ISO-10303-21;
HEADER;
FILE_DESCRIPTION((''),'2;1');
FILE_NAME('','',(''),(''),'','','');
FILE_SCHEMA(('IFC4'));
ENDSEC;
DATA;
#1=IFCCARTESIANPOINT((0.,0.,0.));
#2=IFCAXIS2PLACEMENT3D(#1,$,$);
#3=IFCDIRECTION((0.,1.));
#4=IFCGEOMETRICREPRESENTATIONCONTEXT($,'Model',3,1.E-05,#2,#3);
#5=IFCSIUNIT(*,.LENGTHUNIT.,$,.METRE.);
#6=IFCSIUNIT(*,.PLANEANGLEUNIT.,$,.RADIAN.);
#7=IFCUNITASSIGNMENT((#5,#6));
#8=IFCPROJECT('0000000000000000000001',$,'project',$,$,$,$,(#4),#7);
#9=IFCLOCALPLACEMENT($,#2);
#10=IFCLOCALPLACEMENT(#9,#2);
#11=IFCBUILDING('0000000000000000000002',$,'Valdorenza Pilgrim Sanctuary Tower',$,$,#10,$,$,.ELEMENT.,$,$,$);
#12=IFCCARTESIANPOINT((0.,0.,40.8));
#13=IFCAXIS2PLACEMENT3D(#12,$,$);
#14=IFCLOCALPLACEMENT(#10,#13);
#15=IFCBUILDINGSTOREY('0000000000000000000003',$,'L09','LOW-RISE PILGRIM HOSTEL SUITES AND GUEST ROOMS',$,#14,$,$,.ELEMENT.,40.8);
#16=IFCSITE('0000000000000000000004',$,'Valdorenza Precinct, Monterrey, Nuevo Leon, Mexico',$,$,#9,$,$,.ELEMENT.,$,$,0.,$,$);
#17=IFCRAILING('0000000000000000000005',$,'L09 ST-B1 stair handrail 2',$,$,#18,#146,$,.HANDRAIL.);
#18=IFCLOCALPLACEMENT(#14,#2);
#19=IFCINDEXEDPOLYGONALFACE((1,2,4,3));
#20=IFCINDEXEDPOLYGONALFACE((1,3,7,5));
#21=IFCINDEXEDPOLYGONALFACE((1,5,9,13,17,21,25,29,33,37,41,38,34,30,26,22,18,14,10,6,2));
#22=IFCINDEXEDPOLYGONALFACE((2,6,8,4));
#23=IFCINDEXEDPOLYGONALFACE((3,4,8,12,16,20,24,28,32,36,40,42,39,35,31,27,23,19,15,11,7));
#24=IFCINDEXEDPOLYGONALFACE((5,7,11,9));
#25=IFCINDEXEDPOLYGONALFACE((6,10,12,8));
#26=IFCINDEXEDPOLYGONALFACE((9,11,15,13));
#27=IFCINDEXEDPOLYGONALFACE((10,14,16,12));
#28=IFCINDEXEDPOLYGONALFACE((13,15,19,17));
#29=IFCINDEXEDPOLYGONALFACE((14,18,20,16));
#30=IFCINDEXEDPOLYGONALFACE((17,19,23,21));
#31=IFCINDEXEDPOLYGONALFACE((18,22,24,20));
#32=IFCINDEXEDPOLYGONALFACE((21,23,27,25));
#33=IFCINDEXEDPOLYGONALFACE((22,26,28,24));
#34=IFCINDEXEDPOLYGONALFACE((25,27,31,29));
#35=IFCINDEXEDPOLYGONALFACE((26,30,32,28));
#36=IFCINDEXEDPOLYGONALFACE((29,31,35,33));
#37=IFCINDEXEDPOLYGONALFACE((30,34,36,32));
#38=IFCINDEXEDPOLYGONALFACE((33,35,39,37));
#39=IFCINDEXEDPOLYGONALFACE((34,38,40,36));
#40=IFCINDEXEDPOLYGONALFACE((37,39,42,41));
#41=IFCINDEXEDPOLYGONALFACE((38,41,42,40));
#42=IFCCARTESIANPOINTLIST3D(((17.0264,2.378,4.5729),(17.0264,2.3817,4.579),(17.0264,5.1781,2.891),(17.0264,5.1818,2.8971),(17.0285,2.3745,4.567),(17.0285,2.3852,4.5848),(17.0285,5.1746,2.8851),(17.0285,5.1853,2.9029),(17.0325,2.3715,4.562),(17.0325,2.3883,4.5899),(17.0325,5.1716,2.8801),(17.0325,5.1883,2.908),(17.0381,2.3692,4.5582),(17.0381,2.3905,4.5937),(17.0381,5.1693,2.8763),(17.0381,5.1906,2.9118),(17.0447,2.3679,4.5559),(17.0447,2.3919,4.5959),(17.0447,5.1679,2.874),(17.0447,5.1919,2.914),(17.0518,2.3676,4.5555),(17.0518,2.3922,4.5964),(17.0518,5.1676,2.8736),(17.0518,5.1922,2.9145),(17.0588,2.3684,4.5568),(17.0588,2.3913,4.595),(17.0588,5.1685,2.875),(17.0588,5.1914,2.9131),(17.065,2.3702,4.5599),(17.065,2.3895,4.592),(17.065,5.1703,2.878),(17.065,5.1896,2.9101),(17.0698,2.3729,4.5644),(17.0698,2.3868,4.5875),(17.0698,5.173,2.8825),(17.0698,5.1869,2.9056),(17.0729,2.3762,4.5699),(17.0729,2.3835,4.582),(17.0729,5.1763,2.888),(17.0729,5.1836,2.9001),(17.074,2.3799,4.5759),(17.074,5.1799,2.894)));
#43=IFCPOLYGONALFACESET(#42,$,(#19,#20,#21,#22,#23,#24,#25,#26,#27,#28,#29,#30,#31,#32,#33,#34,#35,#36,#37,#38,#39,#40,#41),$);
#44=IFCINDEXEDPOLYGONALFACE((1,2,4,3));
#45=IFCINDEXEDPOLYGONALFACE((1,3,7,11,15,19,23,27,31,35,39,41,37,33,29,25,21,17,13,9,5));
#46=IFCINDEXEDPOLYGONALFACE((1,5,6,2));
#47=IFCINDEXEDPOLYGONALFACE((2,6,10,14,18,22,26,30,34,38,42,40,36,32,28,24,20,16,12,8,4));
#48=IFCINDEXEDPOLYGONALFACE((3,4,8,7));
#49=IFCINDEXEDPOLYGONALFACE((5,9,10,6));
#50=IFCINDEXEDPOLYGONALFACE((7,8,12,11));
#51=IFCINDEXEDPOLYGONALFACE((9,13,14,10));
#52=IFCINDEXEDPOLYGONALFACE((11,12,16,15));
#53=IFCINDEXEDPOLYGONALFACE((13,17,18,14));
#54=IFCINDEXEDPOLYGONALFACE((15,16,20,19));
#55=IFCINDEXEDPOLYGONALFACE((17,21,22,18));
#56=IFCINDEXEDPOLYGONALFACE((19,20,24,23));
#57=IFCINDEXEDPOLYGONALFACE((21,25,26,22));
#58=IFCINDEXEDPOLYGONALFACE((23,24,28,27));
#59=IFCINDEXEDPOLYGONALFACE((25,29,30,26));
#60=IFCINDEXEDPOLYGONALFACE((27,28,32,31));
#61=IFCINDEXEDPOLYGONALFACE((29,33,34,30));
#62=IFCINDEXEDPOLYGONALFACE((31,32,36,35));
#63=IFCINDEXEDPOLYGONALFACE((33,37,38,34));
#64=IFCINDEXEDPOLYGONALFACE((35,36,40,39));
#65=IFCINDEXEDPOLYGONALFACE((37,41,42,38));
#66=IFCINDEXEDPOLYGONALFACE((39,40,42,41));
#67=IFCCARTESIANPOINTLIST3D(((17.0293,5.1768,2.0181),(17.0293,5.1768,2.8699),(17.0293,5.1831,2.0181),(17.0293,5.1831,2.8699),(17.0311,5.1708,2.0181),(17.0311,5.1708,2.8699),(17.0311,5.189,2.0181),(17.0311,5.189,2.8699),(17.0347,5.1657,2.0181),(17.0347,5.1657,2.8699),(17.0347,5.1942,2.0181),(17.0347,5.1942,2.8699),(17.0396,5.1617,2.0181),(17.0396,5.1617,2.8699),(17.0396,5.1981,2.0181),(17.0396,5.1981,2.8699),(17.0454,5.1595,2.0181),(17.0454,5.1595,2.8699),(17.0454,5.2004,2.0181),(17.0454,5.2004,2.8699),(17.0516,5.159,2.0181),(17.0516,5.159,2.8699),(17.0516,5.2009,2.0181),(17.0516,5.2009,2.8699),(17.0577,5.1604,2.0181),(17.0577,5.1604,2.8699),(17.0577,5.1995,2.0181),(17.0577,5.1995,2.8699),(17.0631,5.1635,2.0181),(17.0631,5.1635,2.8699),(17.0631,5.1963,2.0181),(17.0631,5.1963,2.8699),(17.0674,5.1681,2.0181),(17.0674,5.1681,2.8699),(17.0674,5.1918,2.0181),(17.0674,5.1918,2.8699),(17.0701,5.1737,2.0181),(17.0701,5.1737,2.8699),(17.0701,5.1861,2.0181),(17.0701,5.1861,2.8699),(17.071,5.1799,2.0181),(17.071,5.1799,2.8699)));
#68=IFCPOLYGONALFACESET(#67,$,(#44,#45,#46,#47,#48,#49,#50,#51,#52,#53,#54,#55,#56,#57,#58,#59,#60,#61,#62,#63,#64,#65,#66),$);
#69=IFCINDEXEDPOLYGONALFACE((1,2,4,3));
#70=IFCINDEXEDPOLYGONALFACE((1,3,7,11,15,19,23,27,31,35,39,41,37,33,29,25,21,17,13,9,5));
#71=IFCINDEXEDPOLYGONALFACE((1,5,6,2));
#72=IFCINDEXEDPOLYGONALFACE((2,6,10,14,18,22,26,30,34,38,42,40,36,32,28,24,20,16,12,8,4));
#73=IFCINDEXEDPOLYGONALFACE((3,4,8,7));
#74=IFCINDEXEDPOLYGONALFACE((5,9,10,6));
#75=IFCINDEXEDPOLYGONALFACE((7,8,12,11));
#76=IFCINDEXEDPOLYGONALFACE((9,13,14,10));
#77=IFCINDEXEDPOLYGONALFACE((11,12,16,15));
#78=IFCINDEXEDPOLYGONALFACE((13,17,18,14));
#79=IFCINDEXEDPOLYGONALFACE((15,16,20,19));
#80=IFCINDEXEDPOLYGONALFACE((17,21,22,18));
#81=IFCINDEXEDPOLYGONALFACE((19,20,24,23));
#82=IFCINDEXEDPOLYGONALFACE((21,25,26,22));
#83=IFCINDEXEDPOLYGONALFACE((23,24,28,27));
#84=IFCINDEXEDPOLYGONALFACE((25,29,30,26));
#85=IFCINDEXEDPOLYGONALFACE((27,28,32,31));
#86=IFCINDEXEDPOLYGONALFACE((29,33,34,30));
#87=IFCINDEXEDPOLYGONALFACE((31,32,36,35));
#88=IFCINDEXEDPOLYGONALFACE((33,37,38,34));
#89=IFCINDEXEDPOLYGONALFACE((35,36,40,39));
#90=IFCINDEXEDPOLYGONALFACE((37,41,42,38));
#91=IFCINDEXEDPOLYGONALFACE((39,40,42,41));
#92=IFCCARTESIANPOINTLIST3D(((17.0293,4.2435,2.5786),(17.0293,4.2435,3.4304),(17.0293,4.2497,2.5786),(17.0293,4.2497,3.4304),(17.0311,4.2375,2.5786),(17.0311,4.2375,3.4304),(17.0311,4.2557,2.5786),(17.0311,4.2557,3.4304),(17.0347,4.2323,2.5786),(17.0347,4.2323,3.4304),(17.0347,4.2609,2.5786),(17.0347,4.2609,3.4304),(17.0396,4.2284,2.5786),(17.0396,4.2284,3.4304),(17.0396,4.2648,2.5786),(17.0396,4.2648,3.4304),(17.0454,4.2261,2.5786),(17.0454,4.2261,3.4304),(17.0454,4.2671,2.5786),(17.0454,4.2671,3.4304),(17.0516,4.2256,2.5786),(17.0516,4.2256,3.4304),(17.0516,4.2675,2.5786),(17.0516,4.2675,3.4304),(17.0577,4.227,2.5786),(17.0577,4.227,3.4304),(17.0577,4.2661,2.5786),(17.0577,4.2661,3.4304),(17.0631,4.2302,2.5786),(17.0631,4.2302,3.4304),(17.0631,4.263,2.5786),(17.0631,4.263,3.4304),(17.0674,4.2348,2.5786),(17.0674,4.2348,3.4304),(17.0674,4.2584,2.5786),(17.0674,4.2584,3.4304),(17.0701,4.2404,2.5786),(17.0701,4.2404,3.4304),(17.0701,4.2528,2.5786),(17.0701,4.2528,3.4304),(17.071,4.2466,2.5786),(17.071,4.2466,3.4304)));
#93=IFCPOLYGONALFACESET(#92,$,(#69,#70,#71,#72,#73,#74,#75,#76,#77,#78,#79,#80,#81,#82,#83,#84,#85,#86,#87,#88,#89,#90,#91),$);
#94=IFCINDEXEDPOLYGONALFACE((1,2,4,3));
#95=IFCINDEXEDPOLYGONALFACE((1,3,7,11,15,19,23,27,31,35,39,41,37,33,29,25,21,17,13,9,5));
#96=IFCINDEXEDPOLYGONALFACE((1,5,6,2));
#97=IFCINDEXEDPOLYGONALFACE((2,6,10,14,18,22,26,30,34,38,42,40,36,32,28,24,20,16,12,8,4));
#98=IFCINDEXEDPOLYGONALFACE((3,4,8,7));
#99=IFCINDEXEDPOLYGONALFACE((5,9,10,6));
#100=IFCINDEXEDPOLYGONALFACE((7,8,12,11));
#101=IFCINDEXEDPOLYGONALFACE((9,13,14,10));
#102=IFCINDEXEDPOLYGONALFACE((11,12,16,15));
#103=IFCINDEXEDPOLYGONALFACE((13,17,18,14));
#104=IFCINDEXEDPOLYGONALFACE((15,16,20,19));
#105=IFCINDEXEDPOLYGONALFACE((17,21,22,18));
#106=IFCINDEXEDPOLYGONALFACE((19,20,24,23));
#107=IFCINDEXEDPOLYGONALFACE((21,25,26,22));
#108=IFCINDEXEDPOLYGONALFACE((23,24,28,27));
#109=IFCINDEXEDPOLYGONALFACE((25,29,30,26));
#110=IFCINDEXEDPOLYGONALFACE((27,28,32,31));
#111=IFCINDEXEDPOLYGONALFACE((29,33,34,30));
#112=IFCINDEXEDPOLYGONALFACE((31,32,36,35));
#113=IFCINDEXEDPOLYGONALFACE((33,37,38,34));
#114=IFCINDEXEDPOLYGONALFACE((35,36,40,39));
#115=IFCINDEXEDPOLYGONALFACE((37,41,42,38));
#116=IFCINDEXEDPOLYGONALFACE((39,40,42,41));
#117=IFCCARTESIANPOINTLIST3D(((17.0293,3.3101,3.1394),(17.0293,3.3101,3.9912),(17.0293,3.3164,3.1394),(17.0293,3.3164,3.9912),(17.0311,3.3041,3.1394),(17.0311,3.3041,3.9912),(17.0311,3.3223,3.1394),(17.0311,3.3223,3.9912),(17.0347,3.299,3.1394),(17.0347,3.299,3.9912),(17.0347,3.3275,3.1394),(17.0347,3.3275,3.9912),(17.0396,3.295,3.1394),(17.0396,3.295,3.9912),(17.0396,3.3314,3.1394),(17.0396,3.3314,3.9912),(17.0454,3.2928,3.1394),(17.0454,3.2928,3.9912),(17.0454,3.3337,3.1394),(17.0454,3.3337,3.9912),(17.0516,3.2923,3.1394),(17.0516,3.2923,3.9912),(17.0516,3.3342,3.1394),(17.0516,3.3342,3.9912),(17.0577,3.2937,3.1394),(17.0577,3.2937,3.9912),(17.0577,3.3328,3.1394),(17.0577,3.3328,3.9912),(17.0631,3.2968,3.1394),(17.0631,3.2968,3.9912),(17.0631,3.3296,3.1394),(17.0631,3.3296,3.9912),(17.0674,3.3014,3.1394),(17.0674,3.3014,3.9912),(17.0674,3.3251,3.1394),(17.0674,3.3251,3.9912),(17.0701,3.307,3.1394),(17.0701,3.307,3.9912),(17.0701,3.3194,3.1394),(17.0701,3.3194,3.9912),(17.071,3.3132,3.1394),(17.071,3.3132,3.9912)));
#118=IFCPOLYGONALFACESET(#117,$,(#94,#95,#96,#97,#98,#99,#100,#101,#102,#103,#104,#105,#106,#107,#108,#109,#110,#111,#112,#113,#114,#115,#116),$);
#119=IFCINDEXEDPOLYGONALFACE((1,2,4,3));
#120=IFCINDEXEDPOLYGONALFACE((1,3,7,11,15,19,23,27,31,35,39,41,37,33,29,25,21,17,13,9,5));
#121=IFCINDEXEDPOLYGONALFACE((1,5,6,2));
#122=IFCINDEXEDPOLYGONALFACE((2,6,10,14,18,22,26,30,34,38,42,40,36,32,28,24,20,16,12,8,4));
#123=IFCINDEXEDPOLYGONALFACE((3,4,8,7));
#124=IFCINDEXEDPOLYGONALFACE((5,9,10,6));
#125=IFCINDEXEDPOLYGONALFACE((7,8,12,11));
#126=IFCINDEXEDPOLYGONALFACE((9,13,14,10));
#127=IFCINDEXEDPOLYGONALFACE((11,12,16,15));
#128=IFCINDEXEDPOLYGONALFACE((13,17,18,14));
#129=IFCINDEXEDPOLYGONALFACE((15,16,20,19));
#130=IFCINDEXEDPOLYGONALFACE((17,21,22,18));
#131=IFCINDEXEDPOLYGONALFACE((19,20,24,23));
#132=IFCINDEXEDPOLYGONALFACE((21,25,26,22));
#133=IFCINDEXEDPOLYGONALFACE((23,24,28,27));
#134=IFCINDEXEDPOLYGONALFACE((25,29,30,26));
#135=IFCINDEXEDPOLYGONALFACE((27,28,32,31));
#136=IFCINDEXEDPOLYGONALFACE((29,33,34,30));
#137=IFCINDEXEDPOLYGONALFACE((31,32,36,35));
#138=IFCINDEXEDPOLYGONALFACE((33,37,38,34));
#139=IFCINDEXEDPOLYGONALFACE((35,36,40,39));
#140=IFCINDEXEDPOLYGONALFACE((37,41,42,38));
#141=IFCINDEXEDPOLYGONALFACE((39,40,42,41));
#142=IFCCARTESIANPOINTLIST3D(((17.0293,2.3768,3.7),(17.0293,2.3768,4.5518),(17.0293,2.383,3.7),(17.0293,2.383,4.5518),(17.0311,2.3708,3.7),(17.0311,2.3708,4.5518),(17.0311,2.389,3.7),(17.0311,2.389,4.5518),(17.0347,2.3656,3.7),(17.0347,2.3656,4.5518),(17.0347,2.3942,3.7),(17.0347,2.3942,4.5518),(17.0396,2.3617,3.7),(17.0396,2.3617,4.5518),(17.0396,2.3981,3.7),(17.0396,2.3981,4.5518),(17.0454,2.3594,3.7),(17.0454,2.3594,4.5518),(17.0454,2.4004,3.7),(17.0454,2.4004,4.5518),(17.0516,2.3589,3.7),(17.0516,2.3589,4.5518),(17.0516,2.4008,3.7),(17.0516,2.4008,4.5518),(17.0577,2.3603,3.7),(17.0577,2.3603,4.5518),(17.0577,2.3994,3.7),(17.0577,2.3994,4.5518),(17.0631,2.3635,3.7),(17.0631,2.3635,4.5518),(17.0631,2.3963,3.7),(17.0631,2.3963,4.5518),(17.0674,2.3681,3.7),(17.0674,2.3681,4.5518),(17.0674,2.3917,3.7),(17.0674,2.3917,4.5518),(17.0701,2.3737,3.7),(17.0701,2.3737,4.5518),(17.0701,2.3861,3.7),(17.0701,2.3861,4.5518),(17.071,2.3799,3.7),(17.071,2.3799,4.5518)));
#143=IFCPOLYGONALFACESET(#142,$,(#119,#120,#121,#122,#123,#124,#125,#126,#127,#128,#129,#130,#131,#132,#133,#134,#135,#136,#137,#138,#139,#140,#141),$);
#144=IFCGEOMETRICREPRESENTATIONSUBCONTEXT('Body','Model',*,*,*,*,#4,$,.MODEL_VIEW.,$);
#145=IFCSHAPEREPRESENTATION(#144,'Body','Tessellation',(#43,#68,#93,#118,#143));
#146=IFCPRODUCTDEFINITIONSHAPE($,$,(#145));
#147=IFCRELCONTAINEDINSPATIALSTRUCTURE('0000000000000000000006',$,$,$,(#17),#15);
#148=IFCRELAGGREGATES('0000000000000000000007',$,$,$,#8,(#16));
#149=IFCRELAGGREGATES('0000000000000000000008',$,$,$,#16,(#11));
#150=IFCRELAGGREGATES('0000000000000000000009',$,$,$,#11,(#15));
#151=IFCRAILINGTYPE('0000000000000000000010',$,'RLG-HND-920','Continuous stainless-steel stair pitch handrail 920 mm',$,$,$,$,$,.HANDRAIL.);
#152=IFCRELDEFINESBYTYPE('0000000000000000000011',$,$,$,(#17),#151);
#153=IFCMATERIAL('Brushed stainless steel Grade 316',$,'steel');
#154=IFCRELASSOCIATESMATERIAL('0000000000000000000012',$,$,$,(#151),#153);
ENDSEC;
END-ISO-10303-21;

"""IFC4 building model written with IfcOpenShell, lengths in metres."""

from ifc_helpers import new_model, si_unit, direction, frame, origin, origin_2d, place, context, subcontext, project, spatial, circle, extrude, material, type_object, element, save


model = new_model("IFC4")

# Units and contexts
model_context = context("Model", 3, precision=1e-05, world=origin(), true_north=direction((0.0, 1.0)))
body_context = subcontext(model_context, "Body", "Model", "MODEL_VIEW")
ifc_project = project(units=[si_unit("LENGTHUNIT", "METRE"), si_unit("PLANEANGLEUNIT", "RADIAN")], contexts=[model_context])

# Site, building, storey
site_placement = place(None, origin())
site = spatial("IfcSite", under=ifc_project, at=site_placement, Name="Valdorenza Precinct, Monterrey, Nuevo Leon, Mexico", CompositionType="ELEMENT", RefElevation=0.0)
building_placement = place(site_placement, origin())
building = spatial("IfcBuilding", under=site, at=building_placement, Name="Valdorenza Pilgrim Sanctuary Tower", CompositionType="ELEMENT")
storey_placement = place(building_placement, frame((0.0, 0.0, 40.8)))
storey = spatial("IfcBuildingStorey", under=building, at=storey_placement, Name="L09", Description="LOW-RISE PILGRIM HOSTEL SUITES AND GUEST ROOMS", CompositionType="ELEMENT", Elevation=40.8)

# Railing
ifc_material_1 = material(Name="Brushed stainless steel Grade 316", Category="steel")
railing_type_1 = type_object("IfcRailingType", Name="RLG-HND-920", Description="Continuous stainless-steel stair pitch handrail 920 mm", PredefinedType="HANDRAIL", material=ifc_material_1)
railing_1_placement = place(storey_placement, frame((17.05, 5.1799, 2.0181)))
element("IfcRailing", 1, at=railing_1_placement, inside=storey, type_object=railing_type_1, Name="L09 ST-B1 stair handrail 2", PredefinedType="HANDRAIL", context=body_context, shape_type="SweptSolid", body=[
    extrude(circle(Radius=0.0239, at=origin_2d()), frame((0.0, 0.0, 0.876), z_axis=(0.0, -0.857242, 0.514913), x_axis=(1.0, 0.0, 0.0)), (0.0, 0.0, 1.0), 3.2664),
    extrude(circle(Radius=0.021, at=origin_2d()), origin(), (0.0, 0.0, 1.0), 0.8518),
    extrude(circle(Radius=0.021, at=origin_2d()), frame((0.0, -0.9333, 0.5605)), (0.0, 0.0, 1.0), 0.8518),
    extrude(circle(Radius=0.021, at=origin_2d()), frame((0.0, -1.8667, 1.1213)), (0.0, 0.0, 1.0), 0.8518),
    extrude(circle(Radius=0.021, at=origin_2d()), frame((0.0, -2.8, 1.6819)), (0.0, 0.0, 1.0), 0.8518),
])

save(model, "model.ifc")
